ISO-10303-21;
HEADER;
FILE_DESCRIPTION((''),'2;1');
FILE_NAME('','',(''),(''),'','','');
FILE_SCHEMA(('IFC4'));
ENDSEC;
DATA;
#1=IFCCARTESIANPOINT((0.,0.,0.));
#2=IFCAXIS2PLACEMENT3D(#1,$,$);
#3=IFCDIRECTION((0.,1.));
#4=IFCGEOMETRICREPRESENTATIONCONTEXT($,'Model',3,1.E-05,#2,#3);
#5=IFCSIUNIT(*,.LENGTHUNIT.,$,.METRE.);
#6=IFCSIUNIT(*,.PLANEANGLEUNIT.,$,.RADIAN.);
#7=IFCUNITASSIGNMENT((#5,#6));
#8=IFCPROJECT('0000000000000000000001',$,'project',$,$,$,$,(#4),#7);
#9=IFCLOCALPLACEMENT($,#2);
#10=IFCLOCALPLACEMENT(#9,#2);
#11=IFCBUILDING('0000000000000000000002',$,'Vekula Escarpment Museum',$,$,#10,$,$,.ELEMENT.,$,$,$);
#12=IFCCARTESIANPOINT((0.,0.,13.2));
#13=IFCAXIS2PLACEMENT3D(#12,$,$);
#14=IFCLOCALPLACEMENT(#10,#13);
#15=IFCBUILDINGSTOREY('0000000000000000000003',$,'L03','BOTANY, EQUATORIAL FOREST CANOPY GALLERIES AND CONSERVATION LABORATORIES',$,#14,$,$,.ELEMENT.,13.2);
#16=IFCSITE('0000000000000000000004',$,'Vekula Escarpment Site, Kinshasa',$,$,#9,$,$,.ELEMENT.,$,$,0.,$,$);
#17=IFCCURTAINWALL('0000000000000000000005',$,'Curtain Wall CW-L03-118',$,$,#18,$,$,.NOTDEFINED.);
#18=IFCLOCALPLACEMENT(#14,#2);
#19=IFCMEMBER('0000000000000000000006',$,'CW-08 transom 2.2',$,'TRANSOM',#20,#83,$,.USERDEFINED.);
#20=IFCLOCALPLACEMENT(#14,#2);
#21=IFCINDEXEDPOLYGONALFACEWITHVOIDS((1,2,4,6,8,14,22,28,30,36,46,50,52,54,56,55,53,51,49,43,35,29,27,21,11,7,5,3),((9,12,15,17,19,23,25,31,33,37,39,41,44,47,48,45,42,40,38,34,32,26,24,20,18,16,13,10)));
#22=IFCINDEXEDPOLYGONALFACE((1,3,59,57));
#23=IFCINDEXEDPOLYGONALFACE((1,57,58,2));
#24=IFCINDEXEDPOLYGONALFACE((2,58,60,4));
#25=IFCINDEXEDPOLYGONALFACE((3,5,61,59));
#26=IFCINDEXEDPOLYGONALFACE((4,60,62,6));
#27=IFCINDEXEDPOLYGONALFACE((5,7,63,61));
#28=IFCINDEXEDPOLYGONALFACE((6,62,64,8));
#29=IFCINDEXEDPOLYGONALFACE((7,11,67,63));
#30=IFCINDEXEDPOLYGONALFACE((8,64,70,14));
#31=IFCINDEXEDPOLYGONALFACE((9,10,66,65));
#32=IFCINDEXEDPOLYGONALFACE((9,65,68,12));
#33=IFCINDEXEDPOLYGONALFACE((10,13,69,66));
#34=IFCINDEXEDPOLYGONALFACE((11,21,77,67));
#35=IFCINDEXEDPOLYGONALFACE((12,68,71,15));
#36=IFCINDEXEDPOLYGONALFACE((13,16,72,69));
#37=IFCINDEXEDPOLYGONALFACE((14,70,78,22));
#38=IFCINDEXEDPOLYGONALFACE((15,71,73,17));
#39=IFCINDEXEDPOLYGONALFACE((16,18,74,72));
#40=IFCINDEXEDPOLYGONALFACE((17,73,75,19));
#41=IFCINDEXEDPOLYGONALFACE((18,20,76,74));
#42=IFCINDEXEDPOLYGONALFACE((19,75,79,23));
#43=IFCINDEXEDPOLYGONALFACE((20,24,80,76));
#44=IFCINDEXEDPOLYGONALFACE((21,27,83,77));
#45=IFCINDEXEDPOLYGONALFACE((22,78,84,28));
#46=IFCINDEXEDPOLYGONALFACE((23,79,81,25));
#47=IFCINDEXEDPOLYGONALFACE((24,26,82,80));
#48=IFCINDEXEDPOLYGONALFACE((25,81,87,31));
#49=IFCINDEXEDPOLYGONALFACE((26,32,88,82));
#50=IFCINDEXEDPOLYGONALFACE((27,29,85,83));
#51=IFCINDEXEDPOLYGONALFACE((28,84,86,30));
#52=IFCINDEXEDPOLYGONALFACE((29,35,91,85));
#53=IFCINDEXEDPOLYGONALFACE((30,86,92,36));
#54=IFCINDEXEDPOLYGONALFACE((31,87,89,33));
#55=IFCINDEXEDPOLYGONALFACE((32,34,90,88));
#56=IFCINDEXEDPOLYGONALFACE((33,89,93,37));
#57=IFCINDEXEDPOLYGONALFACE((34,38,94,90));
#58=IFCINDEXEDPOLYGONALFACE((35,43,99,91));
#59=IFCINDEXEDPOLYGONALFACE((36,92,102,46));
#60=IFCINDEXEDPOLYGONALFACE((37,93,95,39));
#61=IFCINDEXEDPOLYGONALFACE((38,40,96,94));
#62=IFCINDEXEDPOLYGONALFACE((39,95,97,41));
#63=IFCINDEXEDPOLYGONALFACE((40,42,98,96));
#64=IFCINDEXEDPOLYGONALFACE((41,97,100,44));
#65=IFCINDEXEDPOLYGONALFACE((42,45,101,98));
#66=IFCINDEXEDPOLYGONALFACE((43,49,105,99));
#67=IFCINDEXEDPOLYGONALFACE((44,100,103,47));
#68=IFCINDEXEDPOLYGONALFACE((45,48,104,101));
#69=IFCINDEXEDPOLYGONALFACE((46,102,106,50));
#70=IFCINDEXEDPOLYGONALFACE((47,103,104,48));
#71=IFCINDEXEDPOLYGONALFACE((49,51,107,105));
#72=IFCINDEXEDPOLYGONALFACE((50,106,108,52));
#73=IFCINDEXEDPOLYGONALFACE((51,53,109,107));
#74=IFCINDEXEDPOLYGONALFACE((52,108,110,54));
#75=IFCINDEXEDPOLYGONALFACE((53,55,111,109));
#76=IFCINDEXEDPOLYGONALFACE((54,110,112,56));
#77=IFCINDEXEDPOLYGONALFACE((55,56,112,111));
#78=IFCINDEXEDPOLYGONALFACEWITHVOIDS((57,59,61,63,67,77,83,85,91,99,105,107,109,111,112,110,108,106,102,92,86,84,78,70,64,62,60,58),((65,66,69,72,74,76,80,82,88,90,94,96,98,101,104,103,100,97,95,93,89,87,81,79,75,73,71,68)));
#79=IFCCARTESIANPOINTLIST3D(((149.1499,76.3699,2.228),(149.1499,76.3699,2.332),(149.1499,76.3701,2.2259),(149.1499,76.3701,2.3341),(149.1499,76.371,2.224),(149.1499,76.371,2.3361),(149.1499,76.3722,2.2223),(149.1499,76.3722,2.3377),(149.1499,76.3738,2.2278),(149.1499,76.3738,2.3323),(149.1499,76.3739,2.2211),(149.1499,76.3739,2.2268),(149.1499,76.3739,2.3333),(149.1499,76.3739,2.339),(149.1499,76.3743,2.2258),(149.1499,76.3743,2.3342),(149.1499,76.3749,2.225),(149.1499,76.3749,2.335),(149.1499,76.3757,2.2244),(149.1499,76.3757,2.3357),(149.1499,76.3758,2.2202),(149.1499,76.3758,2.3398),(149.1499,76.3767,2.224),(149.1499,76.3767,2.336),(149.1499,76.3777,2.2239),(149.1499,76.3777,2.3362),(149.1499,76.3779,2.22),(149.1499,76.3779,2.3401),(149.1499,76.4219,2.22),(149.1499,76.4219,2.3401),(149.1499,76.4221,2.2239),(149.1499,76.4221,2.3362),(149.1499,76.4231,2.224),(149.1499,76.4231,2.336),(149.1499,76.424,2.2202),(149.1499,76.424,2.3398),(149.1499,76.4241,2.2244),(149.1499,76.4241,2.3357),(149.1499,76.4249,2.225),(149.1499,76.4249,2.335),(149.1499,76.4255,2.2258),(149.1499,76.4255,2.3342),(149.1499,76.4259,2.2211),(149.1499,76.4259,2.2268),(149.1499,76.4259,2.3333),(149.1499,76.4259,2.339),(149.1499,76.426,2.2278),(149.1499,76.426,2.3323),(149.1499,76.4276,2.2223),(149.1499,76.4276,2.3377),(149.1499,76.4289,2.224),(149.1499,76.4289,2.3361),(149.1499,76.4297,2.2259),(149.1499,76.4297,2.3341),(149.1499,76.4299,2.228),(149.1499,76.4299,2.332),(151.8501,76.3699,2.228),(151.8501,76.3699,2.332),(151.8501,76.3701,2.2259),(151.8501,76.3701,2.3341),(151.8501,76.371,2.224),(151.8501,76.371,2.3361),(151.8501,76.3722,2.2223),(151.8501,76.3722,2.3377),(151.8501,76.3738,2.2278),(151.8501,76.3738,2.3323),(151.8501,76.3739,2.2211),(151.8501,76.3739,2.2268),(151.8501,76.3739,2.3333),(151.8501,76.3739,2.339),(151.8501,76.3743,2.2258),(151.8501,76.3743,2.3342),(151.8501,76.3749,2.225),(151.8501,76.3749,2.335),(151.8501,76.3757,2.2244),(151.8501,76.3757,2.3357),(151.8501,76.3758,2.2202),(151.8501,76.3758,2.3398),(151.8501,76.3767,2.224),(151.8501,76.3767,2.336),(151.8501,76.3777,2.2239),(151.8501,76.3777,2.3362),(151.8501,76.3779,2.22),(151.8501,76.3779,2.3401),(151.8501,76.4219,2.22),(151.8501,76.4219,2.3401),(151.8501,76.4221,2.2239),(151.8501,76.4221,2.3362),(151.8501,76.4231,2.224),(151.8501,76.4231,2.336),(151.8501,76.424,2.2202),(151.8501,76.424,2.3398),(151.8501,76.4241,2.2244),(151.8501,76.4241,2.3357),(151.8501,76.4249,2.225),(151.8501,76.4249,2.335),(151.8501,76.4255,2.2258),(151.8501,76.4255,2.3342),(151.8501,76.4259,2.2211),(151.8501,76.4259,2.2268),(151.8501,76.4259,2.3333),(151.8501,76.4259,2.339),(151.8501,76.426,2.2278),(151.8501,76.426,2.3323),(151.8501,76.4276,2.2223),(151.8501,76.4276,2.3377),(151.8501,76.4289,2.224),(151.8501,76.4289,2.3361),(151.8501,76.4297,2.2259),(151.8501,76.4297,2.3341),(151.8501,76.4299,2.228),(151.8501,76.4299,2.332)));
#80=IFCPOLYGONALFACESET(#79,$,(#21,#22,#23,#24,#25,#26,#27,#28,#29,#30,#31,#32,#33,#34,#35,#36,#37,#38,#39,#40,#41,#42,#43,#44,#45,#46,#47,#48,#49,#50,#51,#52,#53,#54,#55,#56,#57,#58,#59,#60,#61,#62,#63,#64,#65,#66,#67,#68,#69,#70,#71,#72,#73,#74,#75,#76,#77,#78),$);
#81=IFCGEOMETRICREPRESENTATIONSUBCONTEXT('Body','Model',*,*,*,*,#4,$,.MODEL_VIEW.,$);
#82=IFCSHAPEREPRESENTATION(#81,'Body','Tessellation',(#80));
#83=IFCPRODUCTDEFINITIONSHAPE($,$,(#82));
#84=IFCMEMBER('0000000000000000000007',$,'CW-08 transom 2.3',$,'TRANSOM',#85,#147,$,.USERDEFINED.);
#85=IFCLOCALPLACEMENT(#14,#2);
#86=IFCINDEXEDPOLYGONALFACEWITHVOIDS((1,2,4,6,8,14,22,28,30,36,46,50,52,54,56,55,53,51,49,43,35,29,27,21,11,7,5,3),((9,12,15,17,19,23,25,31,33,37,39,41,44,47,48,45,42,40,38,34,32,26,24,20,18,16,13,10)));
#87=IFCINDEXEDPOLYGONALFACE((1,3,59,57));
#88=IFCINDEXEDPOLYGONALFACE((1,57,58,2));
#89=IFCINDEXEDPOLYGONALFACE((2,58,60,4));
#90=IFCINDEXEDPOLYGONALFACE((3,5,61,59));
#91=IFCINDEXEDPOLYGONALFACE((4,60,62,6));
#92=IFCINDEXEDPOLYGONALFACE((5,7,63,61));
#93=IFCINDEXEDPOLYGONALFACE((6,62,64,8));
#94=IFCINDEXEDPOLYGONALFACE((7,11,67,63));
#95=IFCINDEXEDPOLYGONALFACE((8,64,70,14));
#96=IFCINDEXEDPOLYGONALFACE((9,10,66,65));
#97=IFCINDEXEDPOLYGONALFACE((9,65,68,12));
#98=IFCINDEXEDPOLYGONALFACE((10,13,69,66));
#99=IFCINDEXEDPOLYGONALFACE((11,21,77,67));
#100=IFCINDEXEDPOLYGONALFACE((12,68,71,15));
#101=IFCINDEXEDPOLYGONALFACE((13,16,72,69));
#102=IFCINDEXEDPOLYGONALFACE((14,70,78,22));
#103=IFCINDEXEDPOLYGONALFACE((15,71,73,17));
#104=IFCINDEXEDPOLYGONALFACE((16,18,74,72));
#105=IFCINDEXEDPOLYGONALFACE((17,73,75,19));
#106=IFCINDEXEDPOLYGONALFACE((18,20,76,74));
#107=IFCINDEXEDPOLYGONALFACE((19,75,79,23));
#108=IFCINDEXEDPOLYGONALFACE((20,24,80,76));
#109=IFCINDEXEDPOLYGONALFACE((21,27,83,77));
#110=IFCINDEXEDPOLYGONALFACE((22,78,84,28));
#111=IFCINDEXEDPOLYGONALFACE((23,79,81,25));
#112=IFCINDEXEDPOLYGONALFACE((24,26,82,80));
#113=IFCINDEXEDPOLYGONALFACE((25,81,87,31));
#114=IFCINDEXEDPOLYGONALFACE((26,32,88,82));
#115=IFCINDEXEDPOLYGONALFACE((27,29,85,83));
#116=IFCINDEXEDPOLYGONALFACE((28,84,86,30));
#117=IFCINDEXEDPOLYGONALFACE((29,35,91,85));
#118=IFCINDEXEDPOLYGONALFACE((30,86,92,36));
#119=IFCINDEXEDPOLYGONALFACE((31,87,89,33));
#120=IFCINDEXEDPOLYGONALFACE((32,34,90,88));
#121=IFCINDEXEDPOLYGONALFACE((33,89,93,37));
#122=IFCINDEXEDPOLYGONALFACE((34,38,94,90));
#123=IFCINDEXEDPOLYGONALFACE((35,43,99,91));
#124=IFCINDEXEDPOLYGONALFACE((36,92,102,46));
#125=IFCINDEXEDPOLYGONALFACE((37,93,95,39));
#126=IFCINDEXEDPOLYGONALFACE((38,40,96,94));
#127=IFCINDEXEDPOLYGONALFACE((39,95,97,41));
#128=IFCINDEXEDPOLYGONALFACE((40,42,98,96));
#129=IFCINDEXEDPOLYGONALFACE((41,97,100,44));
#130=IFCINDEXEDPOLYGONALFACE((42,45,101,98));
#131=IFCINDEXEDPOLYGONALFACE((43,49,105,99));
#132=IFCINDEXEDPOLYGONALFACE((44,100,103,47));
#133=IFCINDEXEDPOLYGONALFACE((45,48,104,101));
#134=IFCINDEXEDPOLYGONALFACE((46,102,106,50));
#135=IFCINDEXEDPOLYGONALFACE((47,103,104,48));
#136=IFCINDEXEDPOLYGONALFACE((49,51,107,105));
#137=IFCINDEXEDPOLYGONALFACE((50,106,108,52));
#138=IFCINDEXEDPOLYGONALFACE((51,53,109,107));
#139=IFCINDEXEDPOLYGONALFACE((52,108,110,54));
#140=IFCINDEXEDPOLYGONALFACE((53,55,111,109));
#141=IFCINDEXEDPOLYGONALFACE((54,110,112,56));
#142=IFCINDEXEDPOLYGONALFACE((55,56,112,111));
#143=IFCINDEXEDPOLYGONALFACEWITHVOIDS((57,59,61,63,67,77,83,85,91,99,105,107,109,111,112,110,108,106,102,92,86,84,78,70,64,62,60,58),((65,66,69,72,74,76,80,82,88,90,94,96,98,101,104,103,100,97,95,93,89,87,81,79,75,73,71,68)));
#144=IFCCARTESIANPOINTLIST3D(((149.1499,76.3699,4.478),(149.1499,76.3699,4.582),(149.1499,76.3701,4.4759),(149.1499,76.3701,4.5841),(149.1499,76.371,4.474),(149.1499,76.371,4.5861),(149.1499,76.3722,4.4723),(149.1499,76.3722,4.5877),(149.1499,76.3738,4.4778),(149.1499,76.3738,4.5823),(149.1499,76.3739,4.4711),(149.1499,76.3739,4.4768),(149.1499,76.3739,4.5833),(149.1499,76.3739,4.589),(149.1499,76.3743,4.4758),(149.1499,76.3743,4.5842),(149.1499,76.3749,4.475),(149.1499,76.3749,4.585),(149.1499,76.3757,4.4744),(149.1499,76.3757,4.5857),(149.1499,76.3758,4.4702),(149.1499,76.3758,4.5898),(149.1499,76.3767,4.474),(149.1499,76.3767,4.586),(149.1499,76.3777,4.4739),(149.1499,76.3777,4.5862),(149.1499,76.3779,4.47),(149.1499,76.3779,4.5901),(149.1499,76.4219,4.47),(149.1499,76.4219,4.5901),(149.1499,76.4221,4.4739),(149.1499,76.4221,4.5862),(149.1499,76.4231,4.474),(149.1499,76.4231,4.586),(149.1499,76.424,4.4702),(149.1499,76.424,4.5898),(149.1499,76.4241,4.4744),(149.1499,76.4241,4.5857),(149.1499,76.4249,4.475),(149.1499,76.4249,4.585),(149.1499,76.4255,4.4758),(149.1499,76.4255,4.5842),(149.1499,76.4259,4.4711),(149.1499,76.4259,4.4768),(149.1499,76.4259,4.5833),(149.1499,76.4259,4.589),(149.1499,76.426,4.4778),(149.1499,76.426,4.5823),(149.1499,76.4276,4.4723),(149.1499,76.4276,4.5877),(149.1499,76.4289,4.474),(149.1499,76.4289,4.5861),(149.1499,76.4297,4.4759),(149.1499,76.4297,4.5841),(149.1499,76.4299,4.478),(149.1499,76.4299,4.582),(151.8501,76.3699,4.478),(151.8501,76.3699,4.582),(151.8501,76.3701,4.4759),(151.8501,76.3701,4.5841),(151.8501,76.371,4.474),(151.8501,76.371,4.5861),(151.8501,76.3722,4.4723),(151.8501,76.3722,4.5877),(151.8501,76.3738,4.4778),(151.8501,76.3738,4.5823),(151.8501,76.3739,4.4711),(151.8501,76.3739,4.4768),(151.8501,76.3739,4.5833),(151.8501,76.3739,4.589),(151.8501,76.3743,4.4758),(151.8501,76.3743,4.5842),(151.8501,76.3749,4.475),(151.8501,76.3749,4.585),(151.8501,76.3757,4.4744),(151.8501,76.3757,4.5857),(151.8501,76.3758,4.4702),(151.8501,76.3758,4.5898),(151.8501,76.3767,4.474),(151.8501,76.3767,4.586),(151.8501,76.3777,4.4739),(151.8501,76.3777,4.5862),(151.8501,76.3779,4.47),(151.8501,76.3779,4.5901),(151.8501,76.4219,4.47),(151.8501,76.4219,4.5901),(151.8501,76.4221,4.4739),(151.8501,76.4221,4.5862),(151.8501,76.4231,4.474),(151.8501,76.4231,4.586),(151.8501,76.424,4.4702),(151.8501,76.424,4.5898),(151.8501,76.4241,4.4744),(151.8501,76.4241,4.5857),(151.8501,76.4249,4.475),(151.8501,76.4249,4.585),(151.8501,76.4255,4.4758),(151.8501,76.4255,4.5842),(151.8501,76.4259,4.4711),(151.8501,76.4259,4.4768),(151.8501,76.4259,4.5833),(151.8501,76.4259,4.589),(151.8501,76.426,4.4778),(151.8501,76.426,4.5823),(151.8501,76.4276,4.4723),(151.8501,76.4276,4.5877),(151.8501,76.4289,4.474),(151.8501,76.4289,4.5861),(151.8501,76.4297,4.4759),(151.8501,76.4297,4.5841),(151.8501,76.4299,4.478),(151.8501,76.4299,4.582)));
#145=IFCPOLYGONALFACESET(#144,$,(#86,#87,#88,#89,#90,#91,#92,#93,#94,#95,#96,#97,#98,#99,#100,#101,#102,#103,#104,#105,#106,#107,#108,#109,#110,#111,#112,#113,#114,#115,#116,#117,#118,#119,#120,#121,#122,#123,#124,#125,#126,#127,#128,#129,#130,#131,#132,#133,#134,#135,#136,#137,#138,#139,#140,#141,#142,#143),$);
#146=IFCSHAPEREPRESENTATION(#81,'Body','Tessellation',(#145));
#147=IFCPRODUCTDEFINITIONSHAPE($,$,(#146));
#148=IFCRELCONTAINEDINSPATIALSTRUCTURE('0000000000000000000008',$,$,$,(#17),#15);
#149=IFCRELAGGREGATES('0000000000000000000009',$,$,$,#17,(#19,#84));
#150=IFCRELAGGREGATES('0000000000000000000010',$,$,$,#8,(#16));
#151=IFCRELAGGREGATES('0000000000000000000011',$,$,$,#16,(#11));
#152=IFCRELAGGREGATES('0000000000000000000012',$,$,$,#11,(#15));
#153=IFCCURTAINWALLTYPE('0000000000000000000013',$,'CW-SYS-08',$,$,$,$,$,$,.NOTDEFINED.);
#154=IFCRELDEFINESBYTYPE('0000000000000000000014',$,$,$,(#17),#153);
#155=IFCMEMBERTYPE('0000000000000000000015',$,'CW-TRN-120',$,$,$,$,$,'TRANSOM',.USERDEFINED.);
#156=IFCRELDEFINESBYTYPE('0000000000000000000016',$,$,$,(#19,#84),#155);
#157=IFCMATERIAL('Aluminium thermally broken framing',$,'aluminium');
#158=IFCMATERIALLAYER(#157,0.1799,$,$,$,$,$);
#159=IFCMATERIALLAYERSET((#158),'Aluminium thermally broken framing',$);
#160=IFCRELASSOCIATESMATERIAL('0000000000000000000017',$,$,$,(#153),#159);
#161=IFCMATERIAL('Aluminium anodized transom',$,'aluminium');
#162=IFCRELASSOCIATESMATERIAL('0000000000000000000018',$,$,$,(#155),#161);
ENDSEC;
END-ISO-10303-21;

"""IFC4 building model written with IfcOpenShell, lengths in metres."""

from ifc_helpers import new_model, si_unit, direction, frame, origin, origin_2d, place, context, subcontext, project, spatial, hollow_rectangle, extrude, material, layer, layer_set, material_profile, profile_set, type_object, element, aggregate, save


model = new_model("IFC4")

# Units and contexts
model_context = context("Model", 3, precision=1e-05, world=origin(), true_north=direction((0.0, 1.0)))
body_context = subcontext(model_context, "Body", "Model", "MODEL_VIEW")
ifc_project = project(units=[si_unit("LENGTHUNIT", "METRE"), si_unit("PLANEANGLEUNIT", "RADIAN")], contexts=[model_context])

# Site, building, storey
site_placement = place(None, origin())
site = spatial("IfcSite", under=ifc_project, at=site_placement, Name="Vekula Escarpment Site, Kinshasa", CompositionType="ELEMENT", RefElevation=0.0)
building_placement = place(site_placement, origin())
building = spatial("IfcBuilding", under=site, at=building_placement, Name="Vekula Escarpment Museum", CompositionType="ELEMENT")
storey_placement = place(building_placement, frame((0.0, 0.0, 13.2)))
storey = spatial("IfcBuildingStorey", under=building, at=storey_placement, Name="L03", Description="BOTANY, EQUATORIAL FOREST CANOPY GALLERIES AND CONSERVATION LABORATORIES", CompositionType="ELEMENT", Elevation=13.2)

# Curtain wall
ifc_material_1 = material(Name="Aluminium thermally broken framing", Category="aluminium")
ifc_layer_1 = layer(ifc_material_1, 0.1799)
ifc_layer_set_1 = layer_set([ifc_layer_1], Name="Aluminium thermally broken framing")
curtain_wall_type_1 = type_object("IfcCurtainWallType", Name="CW-SYS-08", PredefinedType="NOTDEFINED", material=ifc_layer_set_1)
curtain_wall_1_placement = place(storey_placement, origin())
curtain_wall_1 = element("IfcCurtainWall", 1, at=curtain_wall_1_placement, inside=storey, type_object=curtain_wall_type_1, Name="Curtain Wall CW-L03-118", PredefinedType="NOTDEFINED")

# Members
ifc_material_2 = material(Name="Aluminium anodized transom", Category="aluminium")
ifc_material_profile_1 = material_profile(ifc_material_2, hollow_rectangle(XDim=0.0601, YDim=0.1201, WallThickness=0.0039, InnerFilletRadius=0.0039, OuterFilletRadius=0.0081, at=origin_2d()), Name="ALU 120x60x4")
ifc_profile_set_1 = profile_set([ifc_material_profile_1], Name="Aluminium anodized transom")
member_type_1 = type_object("IfcMemberType", Name="CW-TRN-120", ElementType="TRANSOM", PredefinedType="USERDEFINED", material=ifc_profile_set_1)
member_1_placement = place(storey_placement, frame((151.8501, 76.3999, 2.28), z_axis=(-1.0, 0.0, 0.0), x_axis=(0.0, -1.0, 0.0)))
member_1 = element("IfcMember", 2, at=member_1_placement, type_object=member_type_1, Name="CW-08 transom 2.2", ObjectType="TRANSOM", PredefinedType="USERDEFINED", context=body_context, shape_type="SweptSolid", body=[
    extrude(hollow_rectangle(XDim=0.0601, YDim=0.1201, WallThickness=0.0039, InnerFilletRadius=0.0039, OuterFilletRadius=0.0081, at=origin_2d()), origin(), (0.0, 0.0, 1.0), 2.7002),
])
member_2_placement = place(storey_placement, frame((151.8501, 76.3999, 4.53), z_axis=(-1.0, 0.0, 0.0), x_axis=(0.0, -1.0, 0.0)))
member_2 = element("IfcMember", 3, at=member_2_placement, type_object=member_type_1, Name="CW-08 transom 2.3", ObjectType="TRANSOM", PredefinedType="USERDEFINED", context=body_context, shape_type="SweptSolid", body=[
    extrude(hollow_rectangle(XDim=0.0601, YDim=0.1201, WallThickness=0.0039, InnerFilletRadius=0.0039, OuterFilletRadius=0.0081, at=origin_2d()), origin(), (0.0, 0.0, 1.0), 2.7002),
])

aggregate(curtain_wall_1, [member_1, member_2])

save(model, "model.ifc")
